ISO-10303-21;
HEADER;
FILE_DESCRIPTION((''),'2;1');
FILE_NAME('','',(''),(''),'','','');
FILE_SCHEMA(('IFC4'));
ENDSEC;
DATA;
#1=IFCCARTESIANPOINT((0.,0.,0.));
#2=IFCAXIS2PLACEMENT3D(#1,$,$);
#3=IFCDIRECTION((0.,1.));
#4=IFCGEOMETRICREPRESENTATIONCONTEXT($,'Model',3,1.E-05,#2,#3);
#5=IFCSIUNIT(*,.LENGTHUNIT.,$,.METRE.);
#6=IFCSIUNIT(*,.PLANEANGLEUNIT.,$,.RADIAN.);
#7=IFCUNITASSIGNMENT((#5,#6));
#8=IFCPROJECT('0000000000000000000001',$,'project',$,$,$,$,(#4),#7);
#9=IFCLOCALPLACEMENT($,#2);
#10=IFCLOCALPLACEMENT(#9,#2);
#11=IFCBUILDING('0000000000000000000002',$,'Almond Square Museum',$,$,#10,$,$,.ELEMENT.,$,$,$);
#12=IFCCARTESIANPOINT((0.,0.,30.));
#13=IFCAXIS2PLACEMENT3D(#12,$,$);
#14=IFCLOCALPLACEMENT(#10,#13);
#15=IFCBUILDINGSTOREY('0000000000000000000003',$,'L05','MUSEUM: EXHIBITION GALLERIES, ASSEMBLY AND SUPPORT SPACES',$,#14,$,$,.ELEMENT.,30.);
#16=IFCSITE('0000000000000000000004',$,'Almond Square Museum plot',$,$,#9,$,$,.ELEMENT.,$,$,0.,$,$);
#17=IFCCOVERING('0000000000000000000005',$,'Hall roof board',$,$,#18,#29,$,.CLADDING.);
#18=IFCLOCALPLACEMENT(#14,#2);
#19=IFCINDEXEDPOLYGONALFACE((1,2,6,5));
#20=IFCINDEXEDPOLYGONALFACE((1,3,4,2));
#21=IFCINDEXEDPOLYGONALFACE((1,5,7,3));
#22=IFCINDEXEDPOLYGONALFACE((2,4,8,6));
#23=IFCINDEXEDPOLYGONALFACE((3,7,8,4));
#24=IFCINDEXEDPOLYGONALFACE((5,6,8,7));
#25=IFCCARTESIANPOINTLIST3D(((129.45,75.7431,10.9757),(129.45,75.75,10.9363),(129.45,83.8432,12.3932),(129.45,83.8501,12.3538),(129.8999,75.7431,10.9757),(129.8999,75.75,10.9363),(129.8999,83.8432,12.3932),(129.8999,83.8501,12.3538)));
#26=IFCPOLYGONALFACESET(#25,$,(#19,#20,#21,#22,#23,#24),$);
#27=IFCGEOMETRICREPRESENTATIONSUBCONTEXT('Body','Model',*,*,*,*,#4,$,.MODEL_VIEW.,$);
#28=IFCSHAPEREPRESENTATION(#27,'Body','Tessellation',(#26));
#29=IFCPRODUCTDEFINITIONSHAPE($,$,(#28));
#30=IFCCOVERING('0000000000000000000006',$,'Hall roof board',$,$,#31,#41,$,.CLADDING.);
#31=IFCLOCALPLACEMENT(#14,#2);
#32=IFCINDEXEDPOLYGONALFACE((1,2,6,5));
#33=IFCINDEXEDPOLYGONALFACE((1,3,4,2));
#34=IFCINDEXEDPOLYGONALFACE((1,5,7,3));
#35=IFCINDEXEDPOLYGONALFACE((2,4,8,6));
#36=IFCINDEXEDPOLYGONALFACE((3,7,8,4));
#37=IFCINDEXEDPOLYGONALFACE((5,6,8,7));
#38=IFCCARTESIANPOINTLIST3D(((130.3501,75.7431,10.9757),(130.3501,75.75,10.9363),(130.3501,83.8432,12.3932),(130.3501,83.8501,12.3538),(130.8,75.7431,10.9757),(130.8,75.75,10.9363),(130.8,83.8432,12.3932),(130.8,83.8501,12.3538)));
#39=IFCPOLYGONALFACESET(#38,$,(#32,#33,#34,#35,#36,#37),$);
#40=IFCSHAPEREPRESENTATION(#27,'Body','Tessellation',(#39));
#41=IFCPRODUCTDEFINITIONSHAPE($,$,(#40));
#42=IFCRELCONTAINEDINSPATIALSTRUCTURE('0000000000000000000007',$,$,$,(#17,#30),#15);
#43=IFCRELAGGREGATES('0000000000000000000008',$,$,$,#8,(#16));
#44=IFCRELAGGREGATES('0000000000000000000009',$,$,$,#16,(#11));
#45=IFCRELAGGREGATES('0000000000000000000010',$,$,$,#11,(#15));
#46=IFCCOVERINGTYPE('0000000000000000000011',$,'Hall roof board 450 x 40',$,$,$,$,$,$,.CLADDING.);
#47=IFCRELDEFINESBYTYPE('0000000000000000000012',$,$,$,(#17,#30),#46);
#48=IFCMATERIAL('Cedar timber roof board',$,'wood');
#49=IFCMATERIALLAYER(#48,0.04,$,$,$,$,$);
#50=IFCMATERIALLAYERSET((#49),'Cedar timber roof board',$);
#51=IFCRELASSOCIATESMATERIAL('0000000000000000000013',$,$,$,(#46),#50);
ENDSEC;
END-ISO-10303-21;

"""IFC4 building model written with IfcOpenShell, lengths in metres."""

from ifc_helpers import new_model, si_unit, direction, frame, origin, place, context, subcontext, project, spatial, polyline, outline, extrude, material, layer, layer_set, type_object, element, save


model = new_model("IFC4")

# Units and contexts
model_context = context("Model", 3, precision=1e-05, world=origin(), true_north=direction((0.0, 1.0)))
body_context = subcontext(model_context, "Body", "Model", "MODEL_VIEW")
ifc_project = project(units=[si_unit("LENGTHUNIT", "METRE"), si_unit("PLANEANGLEUNIT", "RADIAN")], contexts=[model_context])

# Site, building, storey
site_placement = place(None, origin())
site = spatial("IfcSite", under=ifc_project, at=site_placement, Name="Almond Square Museum plot", CompositionType="ELEMENT", RefElevation=0.0)
building_placement = place(site_placement, origin())
building = spatial("IfcBuilding", under=site, at=building_placement, Name="Almond Square Museum", CompositionType="ELEMENT")
storey_placement = place(building_placement, frame((0.0, 0.0, 30.0)))
storey = spatial("IfcBuildingStorey", under=building, at=storey_placement, Name="L05", Description="MUSEUM: EXHIBITION GALLERIES, ASSEMBLY AND SUPPORT SPACES", CompositionType="ELEMENT", Elevation=30.0)

# Coverings
ifc_material_1 = material(Name="Cedar timber roof board", Category="wood")
ifc_layer = layer(ifc_material_1, 0.04)
ifc_layer_set = layer_set([ifc_layer], Name="Cedar timber roof board")
covering_type = type_object("IfcCoveringType", Name="Hall roof board 450 x 40", PredefinedType="CLADDING", material=ifc_layer_set)
for number, where, z_axis, x_axis, name in (
    (1, (129.8999, 83.8501, 12.3538), (0.0, -0.172376, 0.985031), (-1.0, 0.0, 0.0), "Hall roof board"),
    (2, (130.8, 83.8501, 12.3538), (0.0, -0.172376, 0.985031), (-1.0, 0.0, 0.0), "Hall roof board"),
):
    element("IfcCovering", number, at=place(storey_placement, frame(where, z_axis=z_axis, x_axis=x_axis)), inside=storey, type_object=covering_type, Name=name, PredefinedType="CLADDING", context=body_context, shape_type="SweptSolid", body=[
        extrude(outline(polyline([(0.0, 0.0), (0.45, 0.0), (0.45, 8.2232), (0.0, 8.2232), (0.0, 0.0)])), origin(), (0.0, 0.0, 1.0), 0.04),
    ])

save(model, "model.ifc")
